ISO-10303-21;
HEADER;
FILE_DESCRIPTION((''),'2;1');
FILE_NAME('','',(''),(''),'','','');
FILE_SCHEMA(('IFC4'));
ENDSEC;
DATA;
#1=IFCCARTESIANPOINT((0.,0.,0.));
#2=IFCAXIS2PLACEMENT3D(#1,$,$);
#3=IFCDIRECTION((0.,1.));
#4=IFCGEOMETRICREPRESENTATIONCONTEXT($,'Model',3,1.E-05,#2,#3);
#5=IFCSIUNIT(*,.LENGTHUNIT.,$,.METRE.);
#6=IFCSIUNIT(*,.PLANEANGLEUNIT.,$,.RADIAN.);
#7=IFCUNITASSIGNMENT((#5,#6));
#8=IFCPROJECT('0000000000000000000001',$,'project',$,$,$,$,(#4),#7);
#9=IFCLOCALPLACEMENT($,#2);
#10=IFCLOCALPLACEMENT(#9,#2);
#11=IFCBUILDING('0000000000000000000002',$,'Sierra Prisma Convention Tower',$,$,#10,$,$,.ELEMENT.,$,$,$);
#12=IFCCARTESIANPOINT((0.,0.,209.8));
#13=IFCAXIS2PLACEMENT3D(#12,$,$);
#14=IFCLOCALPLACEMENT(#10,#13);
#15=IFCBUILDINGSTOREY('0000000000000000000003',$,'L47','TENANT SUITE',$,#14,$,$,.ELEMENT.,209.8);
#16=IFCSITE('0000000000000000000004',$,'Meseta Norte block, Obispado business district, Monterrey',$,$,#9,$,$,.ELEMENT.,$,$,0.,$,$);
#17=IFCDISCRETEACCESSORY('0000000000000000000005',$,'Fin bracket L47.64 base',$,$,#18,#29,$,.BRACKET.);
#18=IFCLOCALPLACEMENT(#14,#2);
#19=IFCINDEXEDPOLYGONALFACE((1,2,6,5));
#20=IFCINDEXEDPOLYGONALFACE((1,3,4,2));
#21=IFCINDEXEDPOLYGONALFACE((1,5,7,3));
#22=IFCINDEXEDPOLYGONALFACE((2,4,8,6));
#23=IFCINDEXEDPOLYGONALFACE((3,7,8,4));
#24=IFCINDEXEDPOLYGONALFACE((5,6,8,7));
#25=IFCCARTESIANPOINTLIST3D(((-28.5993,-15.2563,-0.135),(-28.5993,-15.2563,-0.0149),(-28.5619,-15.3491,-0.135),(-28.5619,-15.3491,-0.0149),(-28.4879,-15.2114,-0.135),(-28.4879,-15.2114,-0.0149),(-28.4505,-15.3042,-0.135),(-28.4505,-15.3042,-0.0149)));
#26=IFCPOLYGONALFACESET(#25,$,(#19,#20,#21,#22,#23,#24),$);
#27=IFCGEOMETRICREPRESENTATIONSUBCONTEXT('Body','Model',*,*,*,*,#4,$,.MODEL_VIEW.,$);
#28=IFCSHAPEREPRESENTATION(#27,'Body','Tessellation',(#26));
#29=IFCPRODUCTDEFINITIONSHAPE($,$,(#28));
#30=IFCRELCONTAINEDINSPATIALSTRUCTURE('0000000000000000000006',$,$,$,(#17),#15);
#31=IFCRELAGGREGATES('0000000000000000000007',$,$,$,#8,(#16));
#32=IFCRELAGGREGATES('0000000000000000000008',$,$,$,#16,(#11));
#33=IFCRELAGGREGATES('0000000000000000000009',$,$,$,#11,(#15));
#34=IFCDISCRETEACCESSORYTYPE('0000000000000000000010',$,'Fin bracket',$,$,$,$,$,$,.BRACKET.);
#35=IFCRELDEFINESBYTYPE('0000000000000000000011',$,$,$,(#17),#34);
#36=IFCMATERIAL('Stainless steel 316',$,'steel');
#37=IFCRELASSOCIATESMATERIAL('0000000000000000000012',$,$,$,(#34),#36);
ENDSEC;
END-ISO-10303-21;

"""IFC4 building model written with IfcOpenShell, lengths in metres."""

from ifc_helpers import new_model, si_unit, direction, frame, origin, origin_2d, place, context, subcontext, project, spatial, rectangle, extrude, material, type_object, element, save


model = new_model("IFC4")

# Units and contexts
model_context = context("Model", 3, precision=1e-05, world=origin(), true_north=direction((0.0, 1.0)))
body_context = subcontext(model_context, "Body", "Model", "MODEL_VIEW")
ifc_project = project(units=[si_unit("LENGTHUNIT", "METRE"), si_unit("PLANEANGLEUNIT", "RADIAN")], contexts=[model_context])

# Site, building, storey
site_placement = place(None, origin())
site = spatial("IfcSite", under=ifc_project, at=site_placement, Name="Meseta Norte block, Obispado business district, Monterrey", CompositionType="ELEMENT", RefElevation=0.0)
building_placement = place(site_placement, origin())
building = spatial("IfcBuilding", under=site, at=building_placement, Name="Sierra Prisma Convention Tower", CompositionType="ELEMENT")
storey_placement = place(building_placement, frame((0.0, 0.0, 209.8)))
storey = spatial("IfcBuildingStorey", under=building, at=storey_placement, Name="L47", Description="TENANT SUITE", CompositionType="ELEMENT", Elevation=209.8)

# Discrete accessory
ifc_material_1 = material(Name="Stainless steel 316", Category="steel")
discrete_accessory_type = type_object("IfcDiscreteAccessoryType", Name="Fin bracket", PredefinedType="BRACKET", material=ifc_material_1)
discrete_accessory_placement = place(storey_placement, frame((-28.5249, -15.2803, -0.135), z_axis=(0.0, 0.0, 1.0), x_axis=(-0.927533, -0.373742, 0.0)))
element("IfcDiscreteAccessory", 1, at=discrete_accessory_placement, inside=storey, type_object=discrete_accessory_type, Name="Fin bracket L47.64 base", PredefinedType="BRACKET", context=body_context, shape_type="SweptSolid", body=[
    extrude(rectangle(XDim=0.1201, YDim=0.1001, at=origin_2d()), origin(), (0.0, 0.0, 1.0), 0.1201),
])

save(model, "model.ifc")
